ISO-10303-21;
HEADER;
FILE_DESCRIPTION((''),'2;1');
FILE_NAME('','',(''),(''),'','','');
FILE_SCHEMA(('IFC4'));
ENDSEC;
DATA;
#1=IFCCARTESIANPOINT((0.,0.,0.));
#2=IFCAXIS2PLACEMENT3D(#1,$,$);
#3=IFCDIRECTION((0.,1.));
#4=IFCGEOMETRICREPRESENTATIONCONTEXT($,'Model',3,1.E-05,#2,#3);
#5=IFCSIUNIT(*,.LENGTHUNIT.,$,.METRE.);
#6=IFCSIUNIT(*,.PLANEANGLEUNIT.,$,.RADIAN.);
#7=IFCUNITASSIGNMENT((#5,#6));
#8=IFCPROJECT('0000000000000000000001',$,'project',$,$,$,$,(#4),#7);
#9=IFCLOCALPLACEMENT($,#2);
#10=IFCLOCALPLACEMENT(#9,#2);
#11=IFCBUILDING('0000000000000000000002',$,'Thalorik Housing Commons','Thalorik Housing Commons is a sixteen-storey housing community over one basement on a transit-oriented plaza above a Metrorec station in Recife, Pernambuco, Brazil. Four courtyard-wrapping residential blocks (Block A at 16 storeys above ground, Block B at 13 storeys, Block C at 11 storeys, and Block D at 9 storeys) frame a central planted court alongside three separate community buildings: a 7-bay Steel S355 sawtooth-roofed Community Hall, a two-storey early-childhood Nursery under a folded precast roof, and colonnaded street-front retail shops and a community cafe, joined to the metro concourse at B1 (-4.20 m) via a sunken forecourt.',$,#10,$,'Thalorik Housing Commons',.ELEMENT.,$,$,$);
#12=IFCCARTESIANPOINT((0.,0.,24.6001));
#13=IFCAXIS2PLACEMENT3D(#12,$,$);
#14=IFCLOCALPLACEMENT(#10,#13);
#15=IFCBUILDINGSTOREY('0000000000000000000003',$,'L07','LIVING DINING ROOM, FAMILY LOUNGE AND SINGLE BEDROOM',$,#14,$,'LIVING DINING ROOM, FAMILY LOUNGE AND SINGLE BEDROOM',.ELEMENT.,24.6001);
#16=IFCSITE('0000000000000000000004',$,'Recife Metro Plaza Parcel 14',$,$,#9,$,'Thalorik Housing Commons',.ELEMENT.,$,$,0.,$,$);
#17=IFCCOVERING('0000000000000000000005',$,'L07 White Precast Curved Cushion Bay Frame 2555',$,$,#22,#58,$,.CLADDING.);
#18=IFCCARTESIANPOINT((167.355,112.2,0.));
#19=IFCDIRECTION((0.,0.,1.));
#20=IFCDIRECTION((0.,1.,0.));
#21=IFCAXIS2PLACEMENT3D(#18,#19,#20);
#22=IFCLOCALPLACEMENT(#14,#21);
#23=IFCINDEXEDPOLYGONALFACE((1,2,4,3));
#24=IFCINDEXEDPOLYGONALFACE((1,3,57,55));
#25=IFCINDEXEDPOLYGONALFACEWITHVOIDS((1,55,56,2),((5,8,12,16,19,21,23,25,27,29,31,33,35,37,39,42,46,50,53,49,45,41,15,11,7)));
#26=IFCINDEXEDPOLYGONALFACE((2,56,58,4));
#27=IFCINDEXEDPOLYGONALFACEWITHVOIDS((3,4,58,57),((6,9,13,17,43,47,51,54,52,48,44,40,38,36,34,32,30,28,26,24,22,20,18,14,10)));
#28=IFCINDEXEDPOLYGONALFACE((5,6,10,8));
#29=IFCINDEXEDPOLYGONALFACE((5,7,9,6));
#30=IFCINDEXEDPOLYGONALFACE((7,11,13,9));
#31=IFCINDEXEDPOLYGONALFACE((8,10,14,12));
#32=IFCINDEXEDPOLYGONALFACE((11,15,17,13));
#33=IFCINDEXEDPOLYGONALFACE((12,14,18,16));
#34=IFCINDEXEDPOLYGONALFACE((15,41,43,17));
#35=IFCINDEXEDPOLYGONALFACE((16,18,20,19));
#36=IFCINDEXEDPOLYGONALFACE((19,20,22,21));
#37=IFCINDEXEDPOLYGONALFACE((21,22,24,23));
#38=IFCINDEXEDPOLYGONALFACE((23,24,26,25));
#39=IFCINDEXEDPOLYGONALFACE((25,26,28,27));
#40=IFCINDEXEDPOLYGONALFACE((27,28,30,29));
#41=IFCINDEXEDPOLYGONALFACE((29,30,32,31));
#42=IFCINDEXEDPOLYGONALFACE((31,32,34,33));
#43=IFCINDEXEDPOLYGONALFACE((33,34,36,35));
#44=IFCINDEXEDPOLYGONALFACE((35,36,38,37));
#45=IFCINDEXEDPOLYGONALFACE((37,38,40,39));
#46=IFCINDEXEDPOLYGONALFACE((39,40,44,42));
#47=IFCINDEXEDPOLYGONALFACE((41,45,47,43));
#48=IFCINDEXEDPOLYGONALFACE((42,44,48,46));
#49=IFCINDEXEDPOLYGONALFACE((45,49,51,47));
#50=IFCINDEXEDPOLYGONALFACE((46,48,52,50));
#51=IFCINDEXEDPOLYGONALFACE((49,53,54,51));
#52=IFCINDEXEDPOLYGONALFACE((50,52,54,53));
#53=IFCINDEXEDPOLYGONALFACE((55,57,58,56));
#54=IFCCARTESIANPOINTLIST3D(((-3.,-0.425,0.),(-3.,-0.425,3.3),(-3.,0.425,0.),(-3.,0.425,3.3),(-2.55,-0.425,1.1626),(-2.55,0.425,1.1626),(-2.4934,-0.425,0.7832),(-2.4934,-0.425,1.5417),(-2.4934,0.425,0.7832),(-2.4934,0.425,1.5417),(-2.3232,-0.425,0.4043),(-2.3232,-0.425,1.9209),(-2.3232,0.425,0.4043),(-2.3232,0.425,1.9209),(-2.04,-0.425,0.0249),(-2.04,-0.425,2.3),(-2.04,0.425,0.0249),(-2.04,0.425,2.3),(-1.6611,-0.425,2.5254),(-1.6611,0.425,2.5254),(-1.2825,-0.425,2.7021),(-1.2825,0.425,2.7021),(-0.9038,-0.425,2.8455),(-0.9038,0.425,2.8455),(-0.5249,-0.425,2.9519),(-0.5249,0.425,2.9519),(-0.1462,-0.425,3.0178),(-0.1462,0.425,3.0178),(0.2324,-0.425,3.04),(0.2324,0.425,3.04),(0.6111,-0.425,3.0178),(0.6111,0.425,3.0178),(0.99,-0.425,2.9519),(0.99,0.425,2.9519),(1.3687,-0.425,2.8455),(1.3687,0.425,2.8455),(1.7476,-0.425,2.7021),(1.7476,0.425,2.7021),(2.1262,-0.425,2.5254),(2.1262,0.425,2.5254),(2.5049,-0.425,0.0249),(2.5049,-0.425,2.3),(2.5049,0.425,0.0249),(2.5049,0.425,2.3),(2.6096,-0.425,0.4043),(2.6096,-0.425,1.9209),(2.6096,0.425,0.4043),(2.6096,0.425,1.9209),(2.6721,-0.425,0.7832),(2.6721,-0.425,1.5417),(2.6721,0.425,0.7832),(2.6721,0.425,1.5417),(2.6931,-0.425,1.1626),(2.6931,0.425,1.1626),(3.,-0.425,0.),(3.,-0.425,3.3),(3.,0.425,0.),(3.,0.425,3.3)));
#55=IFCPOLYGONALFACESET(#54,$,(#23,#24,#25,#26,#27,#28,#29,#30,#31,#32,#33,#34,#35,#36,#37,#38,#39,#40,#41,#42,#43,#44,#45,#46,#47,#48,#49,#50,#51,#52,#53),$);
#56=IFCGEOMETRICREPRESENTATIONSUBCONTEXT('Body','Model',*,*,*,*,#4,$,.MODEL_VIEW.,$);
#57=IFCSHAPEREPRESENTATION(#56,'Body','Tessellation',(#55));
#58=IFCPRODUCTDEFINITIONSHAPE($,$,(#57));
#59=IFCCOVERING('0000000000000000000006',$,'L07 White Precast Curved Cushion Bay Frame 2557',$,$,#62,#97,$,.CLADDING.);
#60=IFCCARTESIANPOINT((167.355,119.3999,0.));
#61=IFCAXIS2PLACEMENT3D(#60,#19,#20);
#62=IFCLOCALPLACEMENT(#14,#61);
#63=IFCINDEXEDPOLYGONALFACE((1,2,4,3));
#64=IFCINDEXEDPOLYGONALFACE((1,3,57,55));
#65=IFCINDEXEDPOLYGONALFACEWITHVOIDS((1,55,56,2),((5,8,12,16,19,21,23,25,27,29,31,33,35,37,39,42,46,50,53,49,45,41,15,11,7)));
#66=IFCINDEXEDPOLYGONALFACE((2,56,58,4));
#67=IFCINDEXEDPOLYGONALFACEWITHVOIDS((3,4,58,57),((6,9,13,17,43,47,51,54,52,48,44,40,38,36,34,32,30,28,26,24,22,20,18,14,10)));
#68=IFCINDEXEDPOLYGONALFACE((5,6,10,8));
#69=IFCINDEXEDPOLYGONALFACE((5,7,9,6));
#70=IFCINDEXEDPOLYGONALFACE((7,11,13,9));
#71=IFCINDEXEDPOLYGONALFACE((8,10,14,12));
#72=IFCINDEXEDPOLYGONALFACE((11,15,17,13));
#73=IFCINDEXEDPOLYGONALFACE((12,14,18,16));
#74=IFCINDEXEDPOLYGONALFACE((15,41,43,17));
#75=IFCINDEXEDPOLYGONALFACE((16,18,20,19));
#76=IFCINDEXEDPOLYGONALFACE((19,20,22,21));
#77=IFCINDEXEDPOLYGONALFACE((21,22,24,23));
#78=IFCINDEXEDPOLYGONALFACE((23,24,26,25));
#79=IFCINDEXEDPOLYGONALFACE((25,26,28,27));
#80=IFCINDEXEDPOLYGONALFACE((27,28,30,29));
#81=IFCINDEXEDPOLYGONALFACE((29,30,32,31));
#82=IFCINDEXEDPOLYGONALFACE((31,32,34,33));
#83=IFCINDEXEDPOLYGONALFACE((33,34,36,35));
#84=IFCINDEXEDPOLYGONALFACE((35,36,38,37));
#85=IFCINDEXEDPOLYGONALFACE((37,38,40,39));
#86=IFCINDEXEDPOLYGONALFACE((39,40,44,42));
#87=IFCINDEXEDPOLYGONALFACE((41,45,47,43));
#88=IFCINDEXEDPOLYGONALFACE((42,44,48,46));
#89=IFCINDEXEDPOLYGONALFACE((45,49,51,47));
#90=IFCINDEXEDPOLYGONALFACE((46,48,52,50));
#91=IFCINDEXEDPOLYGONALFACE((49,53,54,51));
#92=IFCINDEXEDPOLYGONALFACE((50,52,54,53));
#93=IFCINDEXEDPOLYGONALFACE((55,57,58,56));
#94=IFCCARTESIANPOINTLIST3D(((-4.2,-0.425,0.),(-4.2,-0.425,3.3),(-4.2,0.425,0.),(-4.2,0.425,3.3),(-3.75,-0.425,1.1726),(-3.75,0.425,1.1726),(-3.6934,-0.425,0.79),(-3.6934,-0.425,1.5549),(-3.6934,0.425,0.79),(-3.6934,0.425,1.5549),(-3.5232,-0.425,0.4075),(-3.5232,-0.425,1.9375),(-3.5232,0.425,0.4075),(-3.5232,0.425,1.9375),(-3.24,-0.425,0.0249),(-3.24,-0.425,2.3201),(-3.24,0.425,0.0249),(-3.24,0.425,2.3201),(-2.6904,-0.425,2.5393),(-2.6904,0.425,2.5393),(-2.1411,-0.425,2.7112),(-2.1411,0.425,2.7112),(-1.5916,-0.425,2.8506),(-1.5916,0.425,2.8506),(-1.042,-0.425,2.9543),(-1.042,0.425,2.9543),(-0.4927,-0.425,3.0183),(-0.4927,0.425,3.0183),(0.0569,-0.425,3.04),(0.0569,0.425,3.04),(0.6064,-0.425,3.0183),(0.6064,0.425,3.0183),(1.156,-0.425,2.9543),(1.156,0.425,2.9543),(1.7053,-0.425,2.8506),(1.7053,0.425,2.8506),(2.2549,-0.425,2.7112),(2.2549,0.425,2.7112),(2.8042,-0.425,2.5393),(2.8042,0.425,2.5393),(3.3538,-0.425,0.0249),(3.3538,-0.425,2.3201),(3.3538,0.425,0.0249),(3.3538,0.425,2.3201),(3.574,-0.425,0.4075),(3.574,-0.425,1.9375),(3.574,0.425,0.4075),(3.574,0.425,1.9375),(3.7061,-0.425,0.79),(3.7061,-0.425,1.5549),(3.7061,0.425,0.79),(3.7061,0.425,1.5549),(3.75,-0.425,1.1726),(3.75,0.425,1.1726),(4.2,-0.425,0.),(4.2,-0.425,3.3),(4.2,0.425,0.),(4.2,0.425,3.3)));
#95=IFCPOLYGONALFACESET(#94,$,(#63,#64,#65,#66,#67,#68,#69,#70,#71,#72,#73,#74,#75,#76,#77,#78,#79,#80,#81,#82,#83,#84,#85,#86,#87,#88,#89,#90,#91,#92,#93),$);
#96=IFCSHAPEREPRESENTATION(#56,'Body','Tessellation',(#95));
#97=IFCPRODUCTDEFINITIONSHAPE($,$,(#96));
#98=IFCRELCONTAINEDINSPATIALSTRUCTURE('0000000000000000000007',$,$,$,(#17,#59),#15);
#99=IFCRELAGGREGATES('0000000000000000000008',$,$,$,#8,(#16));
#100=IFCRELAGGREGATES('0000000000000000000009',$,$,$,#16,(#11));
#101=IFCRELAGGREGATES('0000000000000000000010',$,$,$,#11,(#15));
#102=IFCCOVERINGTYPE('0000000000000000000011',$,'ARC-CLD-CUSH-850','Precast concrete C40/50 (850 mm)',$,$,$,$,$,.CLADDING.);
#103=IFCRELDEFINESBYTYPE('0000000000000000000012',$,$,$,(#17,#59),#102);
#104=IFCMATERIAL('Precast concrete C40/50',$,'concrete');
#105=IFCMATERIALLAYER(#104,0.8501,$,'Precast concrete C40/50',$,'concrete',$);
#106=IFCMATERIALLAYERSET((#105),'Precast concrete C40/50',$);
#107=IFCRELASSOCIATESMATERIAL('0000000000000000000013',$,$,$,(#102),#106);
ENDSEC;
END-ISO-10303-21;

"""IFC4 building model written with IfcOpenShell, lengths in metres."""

from ifc_helpers import new_model, si_unit, direction, frame, origin, place, context, subcontext, project, spatial, polyline, outline, extrude, material, layer, layer_set, type_object, element, save


model = new_model("IFC4")

# Units and contexts
model_context = context("Model", 3, precision=1e-05, world=origin(), true_north=direction((0.0, 1.0)))
body_context = subcontext(model_context, "Body", "Model", "MODEL_VIEW")
ifc_project = project(units=[si_unit("LENGTHUNIT", "METRE"), si_unit("PLANEANGLEUNIT", "RADIAN")], contexts=[model_context])

# Site, building, storey
site_placement = place(None, origin())
site = spatial("IfcSite", under=ifc_project, at=site_placement, Name="Recife Metro Plaza Parcel 14", LongName="Thalorik Housing Commons", CompositionType="ELEMENT", RefElevation=0.0)
building_placement = place(site_placement, origin())
building = spatial("IfcBuilding", under=site, at=building_placement, Name="Thalorik Housing Commons", Description="Thalorik Housing Commons is a sixteen-storey housing community over one basement on a transit-oriented plaza above a Metrorec station in Recife, Pernambuco, Brazil. Four courtyard-wrapping residential blocks (Block A at 16 storeys above ground, Block B at 13 storeys, Block C at 11 storeys, and Block D at 9 storeys) frame a central planted court alongside three separate community buildings: a 7-bay Steel S355 sawtooth-roofed Community Hall, a two-storey early-childhood Nursery under a folded precast roof, and colonnaded street-front retail shops and a community cafe, joined to the metro concourse at B1 (-4.20 m) via a sunken forecourt.", LongName="Thalorik Housing Commons", CompositionType="ELEMENT")
storey_placement = place(building_placement, frame((0.0, 0.0, 24.6001)))
storey = spatial("IfcBuildingStorey", under=building, at=storey_placement, Name="L07", Description="LIVING DINING ROOM, FAMILY LOUNGE AND SINGLE BEDROOM", LongName="LIVING DINING ROOM, FAMILY LOUNGE AND SINGLE BEDROOM", CompositionType="ELEMENT", Elevation=24.6001)

# Shared definitions
ifc_material_1 = material(Name="Precast concrete C40/50", Category="concrete")

# Coverings
ifc_layer_1 = layer(ifc_material_1, 0.8501, Name="Precast concrete C40/50", Category="concrete")
ifc_layer_set_1 = layer_set([ifc_layer_1], Name="Precast concrete C40/50")
covering_type_1 = type_object("IfcCoveringType", Name="ARC-CLD-CUSH-850", Description="Precast concrete C40/50 (850 mm)", PredefinedType="CLADDING", material=ifc_layer_set_1)
covering_1_placement = place(storey_placement, frame((167.355, 112.2, 0.0), z_axis=(0.0, 0.0, 1.0), x_axis=(0.0, 1.0, 0.0)))
element("IfcCovering", 1, at=covering_1_placement, inside=storey, type_object=covering_type_1, Name="L07 White Precast Curved Cushion Bay Frame 2555", PredefinedType="CLADDING", context=body_context, shape_type="SweptSolid", body=[
    extrude(outline(polyline([(-3.0, 0.0), (3.0, 0.0), (3.0, 3.3), (-3.0, 3.3), (-3.0, 0.0)]), holes=[polyline([(2.5049, 0.0249), (2.6096, 0.4043), (2.6721, 0.7832), (2.6931, 1.1626), (2.6721, 1.5417), (2.6096, 1.9209), (2.5049, 2.3), (2.1262, 2.5254), (1.7476, 2.7021), (1.3687, 2.8455), (0.99, 2.9519), (0.6111, 3.0178), (0.2324, 3.04), (-0.1462, 3.0178), (-0.5249, 2.9519), (-0.9038, 2.8455), (-1.2825, 2.7021), (-1.6611, 2.5254), (-2.04, 2.3), (-2.3232, 1.9209), (-2.4934, 1.5417), (-2.55, 1.1626), (-2.4934, 0.7832), (-2.3232, 0.4043), (-2.04, 0.0249), (2.5049, 0.0249)])]), frame((0.0, 0.425, 0.0), z_axis=(0.0, -1.0, 0.0), x_axis=(1.0, 0.0, 0.0)), (0.0, 0.0, 1.0), 0.8501),
])
covering_2_placement = place(storey_placement, frame((167.355, 119.3999, 0.0), z_axis=(0.0, 0.0, 1.0), x_axis=(0.0, 1.0, 0.0)))
element("IfcCovering", 2, at=covering_2_placement, inside=storey, type_object=covering_type_1, Name="L07 White Precast Curved Cushion Bay Frame 2557", PredefinedType="CLADDING", context=body_context, shape_type="SweptSolid", body=[
    extrude(outline(polyline([(-4.2, 0.0), (4.2, 0.0), (4.2, 3.3), (-4.2, 3.3), (-4.2, 0.0)]), holes=[polyline([(3.3538, 0.0249), (3.574, 0.4075), (3.7061, 0.79), (3.75, 1.1726), (3.7061, 1.5549), (3.574, 1.9375), (3.3538, 2.3201), (2.8042, 2.5393), (2.2549, 2.7112), (1.7053, 2.8506), (1.156, 2.9543), (0.6064, 3.0183), (0.0569, 3.04), (-0.4927, 3.0183), (-1.042, 2.9543), (-1.5916, 2.8506), (-2.1411, 2.7112), (-2.6904, 2.5393), (-3.24, 2.3201), (-3.5232, 1.9375), (-3.6934, 1.5549), (-3.75, 1.1726), (-3.6934, 0.79), (-3.5232, 0.4075), (-3.24, 0.0249), (3.3538, 0.0249)])]), frame((0.0, 0.425, 0.0), z_axis=(0.0, -1.0, 0.0), x_axis=(1.0, 0.0, 0.0)), (0.0, 0.0, 1.0), 0.8501),
])

save(model, "model.ifc")
